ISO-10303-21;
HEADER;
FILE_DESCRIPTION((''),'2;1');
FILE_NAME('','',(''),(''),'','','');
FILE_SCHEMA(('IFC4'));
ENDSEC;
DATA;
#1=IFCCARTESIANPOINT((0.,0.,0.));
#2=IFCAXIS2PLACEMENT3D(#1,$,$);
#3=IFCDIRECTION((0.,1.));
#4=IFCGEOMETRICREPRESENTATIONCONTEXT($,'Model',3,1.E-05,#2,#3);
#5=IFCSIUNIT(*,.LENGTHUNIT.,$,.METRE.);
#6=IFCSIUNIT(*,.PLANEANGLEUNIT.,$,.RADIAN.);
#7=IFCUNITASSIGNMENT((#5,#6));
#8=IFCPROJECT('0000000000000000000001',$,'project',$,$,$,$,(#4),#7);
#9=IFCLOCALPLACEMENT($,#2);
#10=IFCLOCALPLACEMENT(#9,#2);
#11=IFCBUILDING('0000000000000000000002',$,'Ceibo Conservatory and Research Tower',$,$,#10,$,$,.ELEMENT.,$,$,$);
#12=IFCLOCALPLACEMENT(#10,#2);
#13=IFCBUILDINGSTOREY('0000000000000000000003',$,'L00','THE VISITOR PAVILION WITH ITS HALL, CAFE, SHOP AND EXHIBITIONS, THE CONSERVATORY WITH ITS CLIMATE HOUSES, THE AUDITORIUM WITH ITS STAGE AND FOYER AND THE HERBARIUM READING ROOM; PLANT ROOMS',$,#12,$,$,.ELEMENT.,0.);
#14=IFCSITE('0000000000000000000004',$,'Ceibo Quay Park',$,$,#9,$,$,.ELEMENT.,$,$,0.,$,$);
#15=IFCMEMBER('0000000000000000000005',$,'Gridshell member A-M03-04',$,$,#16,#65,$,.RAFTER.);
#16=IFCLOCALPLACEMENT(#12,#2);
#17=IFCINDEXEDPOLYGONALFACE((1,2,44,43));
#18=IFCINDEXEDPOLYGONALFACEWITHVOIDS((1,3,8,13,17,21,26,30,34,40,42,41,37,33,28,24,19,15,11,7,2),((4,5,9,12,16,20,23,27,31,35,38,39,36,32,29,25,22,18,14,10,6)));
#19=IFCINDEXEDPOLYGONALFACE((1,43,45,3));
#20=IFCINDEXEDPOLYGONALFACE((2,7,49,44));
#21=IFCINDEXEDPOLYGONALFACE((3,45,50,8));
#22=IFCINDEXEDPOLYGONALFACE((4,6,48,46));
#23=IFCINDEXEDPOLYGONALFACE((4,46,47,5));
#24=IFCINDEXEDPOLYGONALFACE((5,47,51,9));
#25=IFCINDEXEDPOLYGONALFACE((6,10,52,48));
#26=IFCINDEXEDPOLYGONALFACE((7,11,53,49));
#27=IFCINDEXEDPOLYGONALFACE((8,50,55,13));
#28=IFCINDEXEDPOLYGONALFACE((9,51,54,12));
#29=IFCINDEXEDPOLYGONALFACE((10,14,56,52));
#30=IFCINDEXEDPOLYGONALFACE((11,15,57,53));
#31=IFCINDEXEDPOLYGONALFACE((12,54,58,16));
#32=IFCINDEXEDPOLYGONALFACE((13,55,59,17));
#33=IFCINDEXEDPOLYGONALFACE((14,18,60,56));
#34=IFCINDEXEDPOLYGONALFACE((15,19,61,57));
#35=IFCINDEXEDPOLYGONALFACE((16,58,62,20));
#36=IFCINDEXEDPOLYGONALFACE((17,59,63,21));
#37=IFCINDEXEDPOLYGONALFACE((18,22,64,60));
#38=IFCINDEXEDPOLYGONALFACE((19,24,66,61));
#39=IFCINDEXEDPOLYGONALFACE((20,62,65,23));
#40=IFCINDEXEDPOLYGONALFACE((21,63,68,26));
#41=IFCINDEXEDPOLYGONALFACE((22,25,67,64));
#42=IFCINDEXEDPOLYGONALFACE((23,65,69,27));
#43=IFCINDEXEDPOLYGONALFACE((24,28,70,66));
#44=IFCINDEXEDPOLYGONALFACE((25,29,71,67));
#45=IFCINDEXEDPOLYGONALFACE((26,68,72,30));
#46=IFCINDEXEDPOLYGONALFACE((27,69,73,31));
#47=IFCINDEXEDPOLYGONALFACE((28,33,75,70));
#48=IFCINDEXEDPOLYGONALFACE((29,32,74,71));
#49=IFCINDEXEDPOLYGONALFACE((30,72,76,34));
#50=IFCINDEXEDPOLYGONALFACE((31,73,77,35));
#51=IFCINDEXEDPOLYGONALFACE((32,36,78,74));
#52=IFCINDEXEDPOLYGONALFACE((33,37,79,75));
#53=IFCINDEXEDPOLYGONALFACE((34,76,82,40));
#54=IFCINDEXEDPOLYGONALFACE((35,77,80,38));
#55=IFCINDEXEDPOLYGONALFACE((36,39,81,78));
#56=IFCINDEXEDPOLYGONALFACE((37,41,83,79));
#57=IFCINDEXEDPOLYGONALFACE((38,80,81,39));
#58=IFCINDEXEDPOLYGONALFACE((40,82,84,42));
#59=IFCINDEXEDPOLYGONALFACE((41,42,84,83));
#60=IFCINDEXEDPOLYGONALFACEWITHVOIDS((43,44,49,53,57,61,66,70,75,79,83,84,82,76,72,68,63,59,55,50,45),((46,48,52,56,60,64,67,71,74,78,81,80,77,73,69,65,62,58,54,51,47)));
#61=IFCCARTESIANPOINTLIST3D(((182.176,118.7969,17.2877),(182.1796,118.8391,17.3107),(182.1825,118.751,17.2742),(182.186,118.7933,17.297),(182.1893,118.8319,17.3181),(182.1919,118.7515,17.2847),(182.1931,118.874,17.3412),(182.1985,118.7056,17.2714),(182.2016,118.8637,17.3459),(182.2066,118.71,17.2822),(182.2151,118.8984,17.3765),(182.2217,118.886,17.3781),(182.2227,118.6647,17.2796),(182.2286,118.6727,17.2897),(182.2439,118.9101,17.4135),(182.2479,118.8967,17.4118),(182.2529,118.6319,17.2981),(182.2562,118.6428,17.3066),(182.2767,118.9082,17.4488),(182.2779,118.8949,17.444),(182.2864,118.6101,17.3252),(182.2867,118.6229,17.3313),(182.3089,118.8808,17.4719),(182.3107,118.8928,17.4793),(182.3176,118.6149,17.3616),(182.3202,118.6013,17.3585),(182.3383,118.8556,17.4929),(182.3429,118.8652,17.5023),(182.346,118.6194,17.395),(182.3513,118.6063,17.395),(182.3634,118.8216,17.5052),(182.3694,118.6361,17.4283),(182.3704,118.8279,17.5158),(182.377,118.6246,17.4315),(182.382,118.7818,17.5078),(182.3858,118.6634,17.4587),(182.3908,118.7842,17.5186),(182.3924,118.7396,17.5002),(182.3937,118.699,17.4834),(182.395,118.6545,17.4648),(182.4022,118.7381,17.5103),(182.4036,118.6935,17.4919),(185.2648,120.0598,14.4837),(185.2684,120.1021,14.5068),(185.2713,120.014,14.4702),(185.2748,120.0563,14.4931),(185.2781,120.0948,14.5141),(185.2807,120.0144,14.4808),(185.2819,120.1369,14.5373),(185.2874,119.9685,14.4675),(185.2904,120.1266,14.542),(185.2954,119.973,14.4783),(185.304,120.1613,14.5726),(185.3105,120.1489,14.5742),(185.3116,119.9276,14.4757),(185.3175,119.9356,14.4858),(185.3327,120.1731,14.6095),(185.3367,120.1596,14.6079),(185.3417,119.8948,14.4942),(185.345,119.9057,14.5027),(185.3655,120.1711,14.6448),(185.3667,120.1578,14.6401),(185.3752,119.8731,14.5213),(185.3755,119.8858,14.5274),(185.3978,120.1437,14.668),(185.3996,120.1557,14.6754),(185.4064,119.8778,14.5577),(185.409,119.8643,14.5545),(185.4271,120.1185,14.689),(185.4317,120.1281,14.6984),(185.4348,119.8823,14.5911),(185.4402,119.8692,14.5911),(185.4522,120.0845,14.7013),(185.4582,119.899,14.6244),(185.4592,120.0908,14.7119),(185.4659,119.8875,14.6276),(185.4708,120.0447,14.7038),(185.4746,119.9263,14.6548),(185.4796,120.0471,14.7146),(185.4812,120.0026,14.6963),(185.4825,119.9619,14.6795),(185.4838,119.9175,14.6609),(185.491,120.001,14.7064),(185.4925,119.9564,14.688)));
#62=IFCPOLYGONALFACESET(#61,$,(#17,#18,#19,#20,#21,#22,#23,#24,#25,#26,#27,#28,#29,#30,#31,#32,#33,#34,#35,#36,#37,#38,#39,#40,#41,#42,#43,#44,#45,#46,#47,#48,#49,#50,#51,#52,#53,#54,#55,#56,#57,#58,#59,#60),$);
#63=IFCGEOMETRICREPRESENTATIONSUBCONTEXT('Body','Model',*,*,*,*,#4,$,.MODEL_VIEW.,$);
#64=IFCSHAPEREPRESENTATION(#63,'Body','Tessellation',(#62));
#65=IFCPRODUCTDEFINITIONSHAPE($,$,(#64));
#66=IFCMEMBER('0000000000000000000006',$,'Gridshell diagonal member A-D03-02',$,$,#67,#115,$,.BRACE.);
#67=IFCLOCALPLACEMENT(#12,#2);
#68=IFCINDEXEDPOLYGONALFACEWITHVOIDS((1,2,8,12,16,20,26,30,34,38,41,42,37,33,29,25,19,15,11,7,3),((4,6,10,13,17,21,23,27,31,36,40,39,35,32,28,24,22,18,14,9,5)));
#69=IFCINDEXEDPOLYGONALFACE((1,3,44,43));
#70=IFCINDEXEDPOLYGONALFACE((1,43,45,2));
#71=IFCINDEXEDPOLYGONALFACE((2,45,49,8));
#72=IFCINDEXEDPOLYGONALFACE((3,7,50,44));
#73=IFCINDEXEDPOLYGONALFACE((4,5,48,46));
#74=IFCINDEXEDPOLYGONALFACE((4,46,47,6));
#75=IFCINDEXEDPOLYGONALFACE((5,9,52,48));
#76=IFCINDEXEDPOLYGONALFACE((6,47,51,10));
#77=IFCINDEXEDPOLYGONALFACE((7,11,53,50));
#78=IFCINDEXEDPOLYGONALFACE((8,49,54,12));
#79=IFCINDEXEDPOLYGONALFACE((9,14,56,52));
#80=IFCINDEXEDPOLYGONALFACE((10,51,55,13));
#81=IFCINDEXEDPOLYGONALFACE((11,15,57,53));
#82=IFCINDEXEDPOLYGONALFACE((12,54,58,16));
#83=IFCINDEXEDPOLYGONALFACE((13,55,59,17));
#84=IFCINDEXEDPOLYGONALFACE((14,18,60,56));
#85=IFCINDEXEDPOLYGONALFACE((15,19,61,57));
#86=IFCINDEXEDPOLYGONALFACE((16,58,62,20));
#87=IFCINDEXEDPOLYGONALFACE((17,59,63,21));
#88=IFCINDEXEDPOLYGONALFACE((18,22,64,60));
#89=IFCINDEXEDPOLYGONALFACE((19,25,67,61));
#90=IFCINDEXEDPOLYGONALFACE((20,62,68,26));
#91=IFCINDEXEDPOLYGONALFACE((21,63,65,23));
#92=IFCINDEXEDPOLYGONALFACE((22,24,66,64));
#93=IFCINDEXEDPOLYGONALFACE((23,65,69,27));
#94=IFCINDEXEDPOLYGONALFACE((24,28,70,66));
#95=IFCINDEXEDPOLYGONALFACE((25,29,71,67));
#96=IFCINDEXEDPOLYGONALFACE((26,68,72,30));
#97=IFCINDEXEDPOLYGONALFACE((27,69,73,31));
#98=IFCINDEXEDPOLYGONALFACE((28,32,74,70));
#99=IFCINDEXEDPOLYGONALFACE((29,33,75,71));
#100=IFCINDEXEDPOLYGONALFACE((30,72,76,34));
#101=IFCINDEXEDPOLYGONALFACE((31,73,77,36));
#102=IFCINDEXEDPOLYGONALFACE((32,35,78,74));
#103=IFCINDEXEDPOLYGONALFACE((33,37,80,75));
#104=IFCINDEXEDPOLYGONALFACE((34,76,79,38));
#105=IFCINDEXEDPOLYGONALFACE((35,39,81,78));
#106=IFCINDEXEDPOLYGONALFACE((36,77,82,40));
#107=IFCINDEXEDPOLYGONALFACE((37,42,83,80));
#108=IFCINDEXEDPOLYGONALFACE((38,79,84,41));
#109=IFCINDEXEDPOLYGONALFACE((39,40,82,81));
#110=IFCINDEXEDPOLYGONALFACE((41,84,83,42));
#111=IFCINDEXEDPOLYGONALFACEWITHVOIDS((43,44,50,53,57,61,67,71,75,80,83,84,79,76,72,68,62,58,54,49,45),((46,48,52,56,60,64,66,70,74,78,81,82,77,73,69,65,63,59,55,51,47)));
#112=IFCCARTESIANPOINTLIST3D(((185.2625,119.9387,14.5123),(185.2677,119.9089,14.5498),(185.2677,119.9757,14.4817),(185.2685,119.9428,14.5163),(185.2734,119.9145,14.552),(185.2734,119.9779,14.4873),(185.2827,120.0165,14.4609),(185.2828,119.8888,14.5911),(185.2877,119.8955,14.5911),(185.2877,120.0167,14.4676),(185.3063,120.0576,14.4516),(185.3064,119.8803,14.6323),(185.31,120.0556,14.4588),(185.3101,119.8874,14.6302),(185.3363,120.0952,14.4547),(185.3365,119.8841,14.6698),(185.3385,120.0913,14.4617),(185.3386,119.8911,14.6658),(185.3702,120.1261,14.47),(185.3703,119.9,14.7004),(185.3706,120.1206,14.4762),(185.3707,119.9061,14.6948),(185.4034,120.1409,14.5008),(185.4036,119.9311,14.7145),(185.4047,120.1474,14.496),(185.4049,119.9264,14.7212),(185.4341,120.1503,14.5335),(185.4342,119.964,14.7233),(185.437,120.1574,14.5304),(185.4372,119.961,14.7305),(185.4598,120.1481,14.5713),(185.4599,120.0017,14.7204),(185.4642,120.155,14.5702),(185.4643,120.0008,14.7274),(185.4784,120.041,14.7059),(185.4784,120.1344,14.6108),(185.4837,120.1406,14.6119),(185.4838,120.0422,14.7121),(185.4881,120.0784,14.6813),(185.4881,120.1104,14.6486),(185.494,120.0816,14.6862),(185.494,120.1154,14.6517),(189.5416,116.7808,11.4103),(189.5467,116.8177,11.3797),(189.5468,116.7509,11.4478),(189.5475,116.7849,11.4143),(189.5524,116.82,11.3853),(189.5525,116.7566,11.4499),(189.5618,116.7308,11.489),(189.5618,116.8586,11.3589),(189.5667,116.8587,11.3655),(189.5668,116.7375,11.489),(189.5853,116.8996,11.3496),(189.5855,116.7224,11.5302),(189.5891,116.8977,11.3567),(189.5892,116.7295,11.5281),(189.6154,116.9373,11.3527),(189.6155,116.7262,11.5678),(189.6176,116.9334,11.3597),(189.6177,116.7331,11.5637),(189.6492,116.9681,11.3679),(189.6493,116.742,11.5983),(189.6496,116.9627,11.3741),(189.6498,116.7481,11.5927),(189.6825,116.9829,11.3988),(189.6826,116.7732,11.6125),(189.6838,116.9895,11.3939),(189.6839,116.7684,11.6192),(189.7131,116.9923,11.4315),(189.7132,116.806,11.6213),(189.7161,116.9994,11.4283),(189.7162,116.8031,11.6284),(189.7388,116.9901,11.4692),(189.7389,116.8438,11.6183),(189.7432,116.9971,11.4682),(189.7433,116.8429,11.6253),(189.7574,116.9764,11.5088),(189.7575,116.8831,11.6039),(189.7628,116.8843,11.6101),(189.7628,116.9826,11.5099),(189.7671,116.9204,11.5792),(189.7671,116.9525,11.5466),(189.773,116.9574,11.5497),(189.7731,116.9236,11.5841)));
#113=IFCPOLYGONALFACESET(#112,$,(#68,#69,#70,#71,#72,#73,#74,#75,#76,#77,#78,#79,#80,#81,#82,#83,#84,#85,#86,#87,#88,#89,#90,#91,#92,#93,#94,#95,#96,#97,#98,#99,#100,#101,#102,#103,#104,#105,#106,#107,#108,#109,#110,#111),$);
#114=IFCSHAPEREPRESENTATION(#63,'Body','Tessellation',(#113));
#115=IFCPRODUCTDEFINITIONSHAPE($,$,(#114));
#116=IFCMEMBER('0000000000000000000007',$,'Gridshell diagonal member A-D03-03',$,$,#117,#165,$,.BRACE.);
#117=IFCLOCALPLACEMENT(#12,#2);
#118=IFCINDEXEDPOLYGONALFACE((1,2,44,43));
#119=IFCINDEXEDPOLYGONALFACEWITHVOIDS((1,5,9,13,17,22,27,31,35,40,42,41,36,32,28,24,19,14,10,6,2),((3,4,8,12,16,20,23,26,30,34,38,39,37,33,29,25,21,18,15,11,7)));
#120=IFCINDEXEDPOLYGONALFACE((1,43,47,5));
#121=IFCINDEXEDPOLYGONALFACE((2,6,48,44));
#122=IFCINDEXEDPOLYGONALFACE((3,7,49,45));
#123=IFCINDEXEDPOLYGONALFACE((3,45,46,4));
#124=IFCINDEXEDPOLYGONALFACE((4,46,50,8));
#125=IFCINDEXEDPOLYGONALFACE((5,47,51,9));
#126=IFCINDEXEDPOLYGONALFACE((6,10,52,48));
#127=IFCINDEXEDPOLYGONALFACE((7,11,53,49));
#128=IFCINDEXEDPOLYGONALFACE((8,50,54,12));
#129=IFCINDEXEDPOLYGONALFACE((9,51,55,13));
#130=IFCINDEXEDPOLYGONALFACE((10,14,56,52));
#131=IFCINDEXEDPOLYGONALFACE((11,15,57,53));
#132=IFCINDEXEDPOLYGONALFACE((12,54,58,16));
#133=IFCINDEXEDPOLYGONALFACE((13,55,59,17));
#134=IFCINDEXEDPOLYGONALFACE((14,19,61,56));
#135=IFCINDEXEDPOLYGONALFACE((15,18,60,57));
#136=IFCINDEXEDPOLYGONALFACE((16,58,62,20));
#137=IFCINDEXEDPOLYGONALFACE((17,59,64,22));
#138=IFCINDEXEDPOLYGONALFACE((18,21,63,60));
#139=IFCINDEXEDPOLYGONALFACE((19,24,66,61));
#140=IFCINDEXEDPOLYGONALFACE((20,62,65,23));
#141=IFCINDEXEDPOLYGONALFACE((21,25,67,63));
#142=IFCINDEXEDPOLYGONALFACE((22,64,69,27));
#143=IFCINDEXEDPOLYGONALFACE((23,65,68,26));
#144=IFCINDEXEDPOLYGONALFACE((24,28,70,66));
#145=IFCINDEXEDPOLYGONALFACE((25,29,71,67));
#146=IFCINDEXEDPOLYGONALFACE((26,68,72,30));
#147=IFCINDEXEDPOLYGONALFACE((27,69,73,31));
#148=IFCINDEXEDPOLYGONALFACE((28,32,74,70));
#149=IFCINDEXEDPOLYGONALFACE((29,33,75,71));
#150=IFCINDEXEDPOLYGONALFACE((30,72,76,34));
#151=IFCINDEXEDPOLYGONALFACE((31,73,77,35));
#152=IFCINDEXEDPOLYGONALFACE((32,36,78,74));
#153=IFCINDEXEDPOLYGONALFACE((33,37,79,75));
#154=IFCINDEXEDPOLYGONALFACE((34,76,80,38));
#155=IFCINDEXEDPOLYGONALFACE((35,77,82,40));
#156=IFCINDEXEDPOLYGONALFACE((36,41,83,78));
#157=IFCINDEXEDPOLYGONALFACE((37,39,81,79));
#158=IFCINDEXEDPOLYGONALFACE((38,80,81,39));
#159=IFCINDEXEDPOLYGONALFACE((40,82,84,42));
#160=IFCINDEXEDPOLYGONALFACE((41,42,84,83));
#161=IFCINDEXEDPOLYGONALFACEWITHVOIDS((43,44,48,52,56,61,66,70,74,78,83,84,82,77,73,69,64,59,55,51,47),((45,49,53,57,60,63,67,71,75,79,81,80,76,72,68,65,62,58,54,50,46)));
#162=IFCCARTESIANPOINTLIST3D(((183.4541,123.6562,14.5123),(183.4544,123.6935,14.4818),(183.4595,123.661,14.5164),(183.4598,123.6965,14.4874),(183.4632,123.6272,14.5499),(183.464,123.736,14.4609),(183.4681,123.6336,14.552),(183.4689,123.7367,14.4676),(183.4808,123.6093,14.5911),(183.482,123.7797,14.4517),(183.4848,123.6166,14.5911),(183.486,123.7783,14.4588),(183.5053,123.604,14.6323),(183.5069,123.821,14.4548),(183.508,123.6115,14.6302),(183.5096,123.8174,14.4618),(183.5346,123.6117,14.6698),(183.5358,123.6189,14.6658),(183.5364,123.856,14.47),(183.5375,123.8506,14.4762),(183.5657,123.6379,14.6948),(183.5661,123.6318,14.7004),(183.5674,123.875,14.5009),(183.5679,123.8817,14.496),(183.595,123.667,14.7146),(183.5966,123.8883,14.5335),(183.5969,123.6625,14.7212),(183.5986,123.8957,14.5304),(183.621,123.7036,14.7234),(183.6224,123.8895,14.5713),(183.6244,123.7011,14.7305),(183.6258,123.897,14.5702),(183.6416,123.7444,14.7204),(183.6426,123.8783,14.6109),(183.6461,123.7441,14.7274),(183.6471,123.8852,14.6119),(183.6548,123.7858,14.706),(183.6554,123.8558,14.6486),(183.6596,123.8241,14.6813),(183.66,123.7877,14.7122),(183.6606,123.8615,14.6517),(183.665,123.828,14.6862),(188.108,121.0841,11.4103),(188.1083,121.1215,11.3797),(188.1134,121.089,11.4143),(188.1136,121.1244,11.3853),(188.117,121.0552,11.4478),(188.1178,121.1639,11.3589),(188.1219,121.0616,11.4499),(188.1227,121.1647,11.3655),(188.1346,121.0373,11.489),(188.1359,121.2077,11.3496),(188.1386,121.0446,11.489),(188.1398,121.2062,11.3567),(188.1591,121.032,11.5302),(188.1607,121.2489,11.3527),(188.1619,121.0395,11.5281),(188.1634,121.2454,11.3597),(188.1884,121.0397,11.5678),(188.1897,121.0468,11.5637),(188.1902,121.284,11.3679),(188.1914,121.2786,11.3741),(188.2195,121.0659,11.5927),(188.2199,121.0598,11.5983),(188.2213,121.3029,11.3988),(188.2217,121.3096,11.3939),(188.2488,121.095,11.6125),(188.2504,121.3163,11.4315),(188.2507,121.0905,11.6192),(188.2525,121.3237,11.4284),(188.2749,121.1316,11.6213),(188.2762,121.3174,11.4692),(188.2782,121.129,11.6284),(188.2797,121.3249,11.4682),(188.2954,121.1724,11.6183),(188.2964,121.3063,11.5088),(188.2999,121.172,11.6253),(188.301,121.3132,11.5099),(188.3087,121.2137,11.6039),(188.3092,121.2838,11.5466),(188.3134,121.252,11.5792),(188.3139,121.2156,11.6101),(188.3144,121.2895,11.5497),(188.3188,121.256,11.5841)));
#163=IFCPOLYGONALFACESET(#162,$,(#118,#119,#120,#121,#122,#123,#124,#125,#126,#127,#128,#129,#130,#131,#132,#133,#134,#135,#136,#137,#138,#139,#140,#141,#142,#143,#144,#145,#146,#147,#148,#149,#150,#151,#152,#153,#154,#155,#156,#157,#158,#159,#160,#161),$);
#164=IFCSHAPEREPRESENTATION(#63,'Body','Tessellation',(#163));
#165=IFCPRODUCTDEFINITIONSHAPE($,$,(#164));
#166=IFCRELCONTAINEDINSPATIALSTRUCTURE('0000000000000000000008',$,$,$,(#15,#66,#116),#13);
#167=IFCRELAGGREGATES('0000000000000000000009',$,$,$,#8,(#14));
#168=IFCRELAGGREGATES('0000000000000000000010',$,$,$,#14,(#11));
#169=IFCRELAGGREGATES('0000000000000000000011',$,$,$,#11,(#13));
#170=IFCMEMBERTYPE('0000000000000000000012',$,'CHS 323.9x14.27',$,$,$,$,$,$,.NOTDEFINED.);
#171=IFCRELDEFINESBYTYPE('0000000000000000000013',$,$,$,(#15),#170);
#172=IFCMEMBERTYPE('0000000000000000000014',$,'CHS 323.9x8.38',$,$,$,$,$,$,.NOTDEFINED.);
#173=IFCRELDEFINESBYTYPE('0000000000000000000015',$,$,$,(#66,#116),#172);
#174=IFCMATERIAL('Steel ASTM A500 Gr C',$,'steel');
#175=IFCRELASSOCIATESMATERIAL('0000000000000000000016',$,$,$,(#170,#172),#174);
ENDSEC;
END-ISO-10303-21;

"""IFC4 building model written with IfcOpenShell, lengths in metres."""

from ifc_helpers import new_model, si_unit, direction, frame, origin, origin_2d, place, context, subcontext, project, spatial, hollow_circle, extrude, material, material_profile, profile_set, type_object, element, save


model = new_model("IFC4")

# Units and contexts
model_context = context("Model", 3, precision=1e-05, world=origin(), true_north=direction((0.0, 1.0)))
body_context = subcontext(model_context, "Body", "Model", "MODEL_VIEW")
ifc_project = project(units=[si_unit("LENGTHUNIT", "METRE"), si_unit("PLANEANGLEUNIT", "RADIAN")], contexts=[model_context])

# Site, building, storey
site_placement = place(None, origin())
site = spatial("IfcSite", under=ifc_project, at=site_placement, Name="Ceibo Quay Park", CompositionType="ELEMENT", RefElevation=0.0)
building_placement = place(site_placement, origin())
building = spatial("IfcBuilding", under=site, at=building_placement, Name="Ceibo Conservatory and Research Tower", CompositionType="ELEMENT")
storey_placement = place(building_placement, origin())
storey = spatial("IfcBuildingStorey", under=building, at=storey_placement, Name="L00", Description="THE VISITOR PAVILION WITH ITS HALL, CAFE, SHOP AND EXHIBITIONS, THE CONSERVATORY WITH ITS CLIMATE HOUSES, THE AUDITORIUM WITH ITS STAGE AND FOYER AND THE HERBARIUM READING ROOM; PLANT ROOMS", CompositionType="ELEMENT", Elevation=0.0)

# Members
ifc_material_1 = material(Name="Steel ASTM A500 Gr C", Category="steel")
ifc_material_profile_1 = material_profile(ifc_material_1, hollow_circle(Radius=0.1619, WallThickness=0.0142, at=origin_2d()), Name="CHS 323.9x14.27")
ifc_profile_set_1 = profile_set([ifc_material_profile_1], Name="Steel ASTM A500 Gr C")
member_type_1 = type_object("IfcMemberType", Name="CHS 323.9x14.27", PredefinedType="NOTDEFINED", material=ifc_profile_set_1)
member_1_placement = place(storey_placement, frame((185.3789, 120.019, 14.5911), z_axis=(-0.708667, -0.289751, 0.643301), x_axis=(0.378456, -0.925619, 0.0)))
element("IfcMember", 1, at=member_1_placement, inside=storey, type_object=member_type_1, Name="Gridshell member A-M03-04", PredefinedType="RAFTER", context=body_context, shape_type="SweptSolid", body=[
    extrude(hollow_circle(Radius=0.1619, WallThickness=0.0142, at=origin_2d()), origin(), (0.0, 0.0, 1.0), 4.3586),
])
ifc_material_profile_2 = material_profile(ifc_material_1, hollow_circle(Radius=0.1619, WallThickness=0.0083, at=origin_2d()), Name="CHS 323.9x8.38")
ifc_profile_set_2 = profile_set([ifc_material_profile_2], Name="Steel ASTM A500 Gr C")
member_type_2 = type_object("IfcMemberType", Name="CHS 323.9x8.38", PredefinedType="NOTDEFINED", material=ifc_profile_set_2)
member_2_placement = place(storey_placement, frame((189.658, 116.8611, 11.489), z_axis=(-0.695017, 0.512925, 0.503845), x_axis=(-0.593805, -0.804609, 0.0)))
element("IfcMember", 2, at=member_2_placement, inside=storey, type_object=member_type_2, Name="Gridshell diagonal member A-D03-02", PredefinedType="BRACE", context=body_context, shape_type="SweptSolid", body=[
    extrude(hollow_circle(Radius=0.1619, WallThickness=0.0083, at=origin_2d()), origin(), (0.0, 0.0, 1.0), 6.1567),
])
member_3_placement = place(storey_placement, frame((188.2129, 121.179, 11.489), z_axis=(-0.755983, 0.417809, 0.503909), x_axis=(-0.483712, -0.875227, 0.0)))
element("IfcMember", 3, at=member_3_placement, inside=storey, type_object=member_type_2, Name="Gridshell diagonal member A-D03-03", PredefinedType="BRACE", context=body_context, shape_type="SweptSolid", body=[
    extrude(hollow_circle(Radius=0.1619, WallThickness=0.0083, at=origin_2d()), origin(), (0.0, 0.0, 1.0), 6.156),
])

save(model, "model.ifc")
